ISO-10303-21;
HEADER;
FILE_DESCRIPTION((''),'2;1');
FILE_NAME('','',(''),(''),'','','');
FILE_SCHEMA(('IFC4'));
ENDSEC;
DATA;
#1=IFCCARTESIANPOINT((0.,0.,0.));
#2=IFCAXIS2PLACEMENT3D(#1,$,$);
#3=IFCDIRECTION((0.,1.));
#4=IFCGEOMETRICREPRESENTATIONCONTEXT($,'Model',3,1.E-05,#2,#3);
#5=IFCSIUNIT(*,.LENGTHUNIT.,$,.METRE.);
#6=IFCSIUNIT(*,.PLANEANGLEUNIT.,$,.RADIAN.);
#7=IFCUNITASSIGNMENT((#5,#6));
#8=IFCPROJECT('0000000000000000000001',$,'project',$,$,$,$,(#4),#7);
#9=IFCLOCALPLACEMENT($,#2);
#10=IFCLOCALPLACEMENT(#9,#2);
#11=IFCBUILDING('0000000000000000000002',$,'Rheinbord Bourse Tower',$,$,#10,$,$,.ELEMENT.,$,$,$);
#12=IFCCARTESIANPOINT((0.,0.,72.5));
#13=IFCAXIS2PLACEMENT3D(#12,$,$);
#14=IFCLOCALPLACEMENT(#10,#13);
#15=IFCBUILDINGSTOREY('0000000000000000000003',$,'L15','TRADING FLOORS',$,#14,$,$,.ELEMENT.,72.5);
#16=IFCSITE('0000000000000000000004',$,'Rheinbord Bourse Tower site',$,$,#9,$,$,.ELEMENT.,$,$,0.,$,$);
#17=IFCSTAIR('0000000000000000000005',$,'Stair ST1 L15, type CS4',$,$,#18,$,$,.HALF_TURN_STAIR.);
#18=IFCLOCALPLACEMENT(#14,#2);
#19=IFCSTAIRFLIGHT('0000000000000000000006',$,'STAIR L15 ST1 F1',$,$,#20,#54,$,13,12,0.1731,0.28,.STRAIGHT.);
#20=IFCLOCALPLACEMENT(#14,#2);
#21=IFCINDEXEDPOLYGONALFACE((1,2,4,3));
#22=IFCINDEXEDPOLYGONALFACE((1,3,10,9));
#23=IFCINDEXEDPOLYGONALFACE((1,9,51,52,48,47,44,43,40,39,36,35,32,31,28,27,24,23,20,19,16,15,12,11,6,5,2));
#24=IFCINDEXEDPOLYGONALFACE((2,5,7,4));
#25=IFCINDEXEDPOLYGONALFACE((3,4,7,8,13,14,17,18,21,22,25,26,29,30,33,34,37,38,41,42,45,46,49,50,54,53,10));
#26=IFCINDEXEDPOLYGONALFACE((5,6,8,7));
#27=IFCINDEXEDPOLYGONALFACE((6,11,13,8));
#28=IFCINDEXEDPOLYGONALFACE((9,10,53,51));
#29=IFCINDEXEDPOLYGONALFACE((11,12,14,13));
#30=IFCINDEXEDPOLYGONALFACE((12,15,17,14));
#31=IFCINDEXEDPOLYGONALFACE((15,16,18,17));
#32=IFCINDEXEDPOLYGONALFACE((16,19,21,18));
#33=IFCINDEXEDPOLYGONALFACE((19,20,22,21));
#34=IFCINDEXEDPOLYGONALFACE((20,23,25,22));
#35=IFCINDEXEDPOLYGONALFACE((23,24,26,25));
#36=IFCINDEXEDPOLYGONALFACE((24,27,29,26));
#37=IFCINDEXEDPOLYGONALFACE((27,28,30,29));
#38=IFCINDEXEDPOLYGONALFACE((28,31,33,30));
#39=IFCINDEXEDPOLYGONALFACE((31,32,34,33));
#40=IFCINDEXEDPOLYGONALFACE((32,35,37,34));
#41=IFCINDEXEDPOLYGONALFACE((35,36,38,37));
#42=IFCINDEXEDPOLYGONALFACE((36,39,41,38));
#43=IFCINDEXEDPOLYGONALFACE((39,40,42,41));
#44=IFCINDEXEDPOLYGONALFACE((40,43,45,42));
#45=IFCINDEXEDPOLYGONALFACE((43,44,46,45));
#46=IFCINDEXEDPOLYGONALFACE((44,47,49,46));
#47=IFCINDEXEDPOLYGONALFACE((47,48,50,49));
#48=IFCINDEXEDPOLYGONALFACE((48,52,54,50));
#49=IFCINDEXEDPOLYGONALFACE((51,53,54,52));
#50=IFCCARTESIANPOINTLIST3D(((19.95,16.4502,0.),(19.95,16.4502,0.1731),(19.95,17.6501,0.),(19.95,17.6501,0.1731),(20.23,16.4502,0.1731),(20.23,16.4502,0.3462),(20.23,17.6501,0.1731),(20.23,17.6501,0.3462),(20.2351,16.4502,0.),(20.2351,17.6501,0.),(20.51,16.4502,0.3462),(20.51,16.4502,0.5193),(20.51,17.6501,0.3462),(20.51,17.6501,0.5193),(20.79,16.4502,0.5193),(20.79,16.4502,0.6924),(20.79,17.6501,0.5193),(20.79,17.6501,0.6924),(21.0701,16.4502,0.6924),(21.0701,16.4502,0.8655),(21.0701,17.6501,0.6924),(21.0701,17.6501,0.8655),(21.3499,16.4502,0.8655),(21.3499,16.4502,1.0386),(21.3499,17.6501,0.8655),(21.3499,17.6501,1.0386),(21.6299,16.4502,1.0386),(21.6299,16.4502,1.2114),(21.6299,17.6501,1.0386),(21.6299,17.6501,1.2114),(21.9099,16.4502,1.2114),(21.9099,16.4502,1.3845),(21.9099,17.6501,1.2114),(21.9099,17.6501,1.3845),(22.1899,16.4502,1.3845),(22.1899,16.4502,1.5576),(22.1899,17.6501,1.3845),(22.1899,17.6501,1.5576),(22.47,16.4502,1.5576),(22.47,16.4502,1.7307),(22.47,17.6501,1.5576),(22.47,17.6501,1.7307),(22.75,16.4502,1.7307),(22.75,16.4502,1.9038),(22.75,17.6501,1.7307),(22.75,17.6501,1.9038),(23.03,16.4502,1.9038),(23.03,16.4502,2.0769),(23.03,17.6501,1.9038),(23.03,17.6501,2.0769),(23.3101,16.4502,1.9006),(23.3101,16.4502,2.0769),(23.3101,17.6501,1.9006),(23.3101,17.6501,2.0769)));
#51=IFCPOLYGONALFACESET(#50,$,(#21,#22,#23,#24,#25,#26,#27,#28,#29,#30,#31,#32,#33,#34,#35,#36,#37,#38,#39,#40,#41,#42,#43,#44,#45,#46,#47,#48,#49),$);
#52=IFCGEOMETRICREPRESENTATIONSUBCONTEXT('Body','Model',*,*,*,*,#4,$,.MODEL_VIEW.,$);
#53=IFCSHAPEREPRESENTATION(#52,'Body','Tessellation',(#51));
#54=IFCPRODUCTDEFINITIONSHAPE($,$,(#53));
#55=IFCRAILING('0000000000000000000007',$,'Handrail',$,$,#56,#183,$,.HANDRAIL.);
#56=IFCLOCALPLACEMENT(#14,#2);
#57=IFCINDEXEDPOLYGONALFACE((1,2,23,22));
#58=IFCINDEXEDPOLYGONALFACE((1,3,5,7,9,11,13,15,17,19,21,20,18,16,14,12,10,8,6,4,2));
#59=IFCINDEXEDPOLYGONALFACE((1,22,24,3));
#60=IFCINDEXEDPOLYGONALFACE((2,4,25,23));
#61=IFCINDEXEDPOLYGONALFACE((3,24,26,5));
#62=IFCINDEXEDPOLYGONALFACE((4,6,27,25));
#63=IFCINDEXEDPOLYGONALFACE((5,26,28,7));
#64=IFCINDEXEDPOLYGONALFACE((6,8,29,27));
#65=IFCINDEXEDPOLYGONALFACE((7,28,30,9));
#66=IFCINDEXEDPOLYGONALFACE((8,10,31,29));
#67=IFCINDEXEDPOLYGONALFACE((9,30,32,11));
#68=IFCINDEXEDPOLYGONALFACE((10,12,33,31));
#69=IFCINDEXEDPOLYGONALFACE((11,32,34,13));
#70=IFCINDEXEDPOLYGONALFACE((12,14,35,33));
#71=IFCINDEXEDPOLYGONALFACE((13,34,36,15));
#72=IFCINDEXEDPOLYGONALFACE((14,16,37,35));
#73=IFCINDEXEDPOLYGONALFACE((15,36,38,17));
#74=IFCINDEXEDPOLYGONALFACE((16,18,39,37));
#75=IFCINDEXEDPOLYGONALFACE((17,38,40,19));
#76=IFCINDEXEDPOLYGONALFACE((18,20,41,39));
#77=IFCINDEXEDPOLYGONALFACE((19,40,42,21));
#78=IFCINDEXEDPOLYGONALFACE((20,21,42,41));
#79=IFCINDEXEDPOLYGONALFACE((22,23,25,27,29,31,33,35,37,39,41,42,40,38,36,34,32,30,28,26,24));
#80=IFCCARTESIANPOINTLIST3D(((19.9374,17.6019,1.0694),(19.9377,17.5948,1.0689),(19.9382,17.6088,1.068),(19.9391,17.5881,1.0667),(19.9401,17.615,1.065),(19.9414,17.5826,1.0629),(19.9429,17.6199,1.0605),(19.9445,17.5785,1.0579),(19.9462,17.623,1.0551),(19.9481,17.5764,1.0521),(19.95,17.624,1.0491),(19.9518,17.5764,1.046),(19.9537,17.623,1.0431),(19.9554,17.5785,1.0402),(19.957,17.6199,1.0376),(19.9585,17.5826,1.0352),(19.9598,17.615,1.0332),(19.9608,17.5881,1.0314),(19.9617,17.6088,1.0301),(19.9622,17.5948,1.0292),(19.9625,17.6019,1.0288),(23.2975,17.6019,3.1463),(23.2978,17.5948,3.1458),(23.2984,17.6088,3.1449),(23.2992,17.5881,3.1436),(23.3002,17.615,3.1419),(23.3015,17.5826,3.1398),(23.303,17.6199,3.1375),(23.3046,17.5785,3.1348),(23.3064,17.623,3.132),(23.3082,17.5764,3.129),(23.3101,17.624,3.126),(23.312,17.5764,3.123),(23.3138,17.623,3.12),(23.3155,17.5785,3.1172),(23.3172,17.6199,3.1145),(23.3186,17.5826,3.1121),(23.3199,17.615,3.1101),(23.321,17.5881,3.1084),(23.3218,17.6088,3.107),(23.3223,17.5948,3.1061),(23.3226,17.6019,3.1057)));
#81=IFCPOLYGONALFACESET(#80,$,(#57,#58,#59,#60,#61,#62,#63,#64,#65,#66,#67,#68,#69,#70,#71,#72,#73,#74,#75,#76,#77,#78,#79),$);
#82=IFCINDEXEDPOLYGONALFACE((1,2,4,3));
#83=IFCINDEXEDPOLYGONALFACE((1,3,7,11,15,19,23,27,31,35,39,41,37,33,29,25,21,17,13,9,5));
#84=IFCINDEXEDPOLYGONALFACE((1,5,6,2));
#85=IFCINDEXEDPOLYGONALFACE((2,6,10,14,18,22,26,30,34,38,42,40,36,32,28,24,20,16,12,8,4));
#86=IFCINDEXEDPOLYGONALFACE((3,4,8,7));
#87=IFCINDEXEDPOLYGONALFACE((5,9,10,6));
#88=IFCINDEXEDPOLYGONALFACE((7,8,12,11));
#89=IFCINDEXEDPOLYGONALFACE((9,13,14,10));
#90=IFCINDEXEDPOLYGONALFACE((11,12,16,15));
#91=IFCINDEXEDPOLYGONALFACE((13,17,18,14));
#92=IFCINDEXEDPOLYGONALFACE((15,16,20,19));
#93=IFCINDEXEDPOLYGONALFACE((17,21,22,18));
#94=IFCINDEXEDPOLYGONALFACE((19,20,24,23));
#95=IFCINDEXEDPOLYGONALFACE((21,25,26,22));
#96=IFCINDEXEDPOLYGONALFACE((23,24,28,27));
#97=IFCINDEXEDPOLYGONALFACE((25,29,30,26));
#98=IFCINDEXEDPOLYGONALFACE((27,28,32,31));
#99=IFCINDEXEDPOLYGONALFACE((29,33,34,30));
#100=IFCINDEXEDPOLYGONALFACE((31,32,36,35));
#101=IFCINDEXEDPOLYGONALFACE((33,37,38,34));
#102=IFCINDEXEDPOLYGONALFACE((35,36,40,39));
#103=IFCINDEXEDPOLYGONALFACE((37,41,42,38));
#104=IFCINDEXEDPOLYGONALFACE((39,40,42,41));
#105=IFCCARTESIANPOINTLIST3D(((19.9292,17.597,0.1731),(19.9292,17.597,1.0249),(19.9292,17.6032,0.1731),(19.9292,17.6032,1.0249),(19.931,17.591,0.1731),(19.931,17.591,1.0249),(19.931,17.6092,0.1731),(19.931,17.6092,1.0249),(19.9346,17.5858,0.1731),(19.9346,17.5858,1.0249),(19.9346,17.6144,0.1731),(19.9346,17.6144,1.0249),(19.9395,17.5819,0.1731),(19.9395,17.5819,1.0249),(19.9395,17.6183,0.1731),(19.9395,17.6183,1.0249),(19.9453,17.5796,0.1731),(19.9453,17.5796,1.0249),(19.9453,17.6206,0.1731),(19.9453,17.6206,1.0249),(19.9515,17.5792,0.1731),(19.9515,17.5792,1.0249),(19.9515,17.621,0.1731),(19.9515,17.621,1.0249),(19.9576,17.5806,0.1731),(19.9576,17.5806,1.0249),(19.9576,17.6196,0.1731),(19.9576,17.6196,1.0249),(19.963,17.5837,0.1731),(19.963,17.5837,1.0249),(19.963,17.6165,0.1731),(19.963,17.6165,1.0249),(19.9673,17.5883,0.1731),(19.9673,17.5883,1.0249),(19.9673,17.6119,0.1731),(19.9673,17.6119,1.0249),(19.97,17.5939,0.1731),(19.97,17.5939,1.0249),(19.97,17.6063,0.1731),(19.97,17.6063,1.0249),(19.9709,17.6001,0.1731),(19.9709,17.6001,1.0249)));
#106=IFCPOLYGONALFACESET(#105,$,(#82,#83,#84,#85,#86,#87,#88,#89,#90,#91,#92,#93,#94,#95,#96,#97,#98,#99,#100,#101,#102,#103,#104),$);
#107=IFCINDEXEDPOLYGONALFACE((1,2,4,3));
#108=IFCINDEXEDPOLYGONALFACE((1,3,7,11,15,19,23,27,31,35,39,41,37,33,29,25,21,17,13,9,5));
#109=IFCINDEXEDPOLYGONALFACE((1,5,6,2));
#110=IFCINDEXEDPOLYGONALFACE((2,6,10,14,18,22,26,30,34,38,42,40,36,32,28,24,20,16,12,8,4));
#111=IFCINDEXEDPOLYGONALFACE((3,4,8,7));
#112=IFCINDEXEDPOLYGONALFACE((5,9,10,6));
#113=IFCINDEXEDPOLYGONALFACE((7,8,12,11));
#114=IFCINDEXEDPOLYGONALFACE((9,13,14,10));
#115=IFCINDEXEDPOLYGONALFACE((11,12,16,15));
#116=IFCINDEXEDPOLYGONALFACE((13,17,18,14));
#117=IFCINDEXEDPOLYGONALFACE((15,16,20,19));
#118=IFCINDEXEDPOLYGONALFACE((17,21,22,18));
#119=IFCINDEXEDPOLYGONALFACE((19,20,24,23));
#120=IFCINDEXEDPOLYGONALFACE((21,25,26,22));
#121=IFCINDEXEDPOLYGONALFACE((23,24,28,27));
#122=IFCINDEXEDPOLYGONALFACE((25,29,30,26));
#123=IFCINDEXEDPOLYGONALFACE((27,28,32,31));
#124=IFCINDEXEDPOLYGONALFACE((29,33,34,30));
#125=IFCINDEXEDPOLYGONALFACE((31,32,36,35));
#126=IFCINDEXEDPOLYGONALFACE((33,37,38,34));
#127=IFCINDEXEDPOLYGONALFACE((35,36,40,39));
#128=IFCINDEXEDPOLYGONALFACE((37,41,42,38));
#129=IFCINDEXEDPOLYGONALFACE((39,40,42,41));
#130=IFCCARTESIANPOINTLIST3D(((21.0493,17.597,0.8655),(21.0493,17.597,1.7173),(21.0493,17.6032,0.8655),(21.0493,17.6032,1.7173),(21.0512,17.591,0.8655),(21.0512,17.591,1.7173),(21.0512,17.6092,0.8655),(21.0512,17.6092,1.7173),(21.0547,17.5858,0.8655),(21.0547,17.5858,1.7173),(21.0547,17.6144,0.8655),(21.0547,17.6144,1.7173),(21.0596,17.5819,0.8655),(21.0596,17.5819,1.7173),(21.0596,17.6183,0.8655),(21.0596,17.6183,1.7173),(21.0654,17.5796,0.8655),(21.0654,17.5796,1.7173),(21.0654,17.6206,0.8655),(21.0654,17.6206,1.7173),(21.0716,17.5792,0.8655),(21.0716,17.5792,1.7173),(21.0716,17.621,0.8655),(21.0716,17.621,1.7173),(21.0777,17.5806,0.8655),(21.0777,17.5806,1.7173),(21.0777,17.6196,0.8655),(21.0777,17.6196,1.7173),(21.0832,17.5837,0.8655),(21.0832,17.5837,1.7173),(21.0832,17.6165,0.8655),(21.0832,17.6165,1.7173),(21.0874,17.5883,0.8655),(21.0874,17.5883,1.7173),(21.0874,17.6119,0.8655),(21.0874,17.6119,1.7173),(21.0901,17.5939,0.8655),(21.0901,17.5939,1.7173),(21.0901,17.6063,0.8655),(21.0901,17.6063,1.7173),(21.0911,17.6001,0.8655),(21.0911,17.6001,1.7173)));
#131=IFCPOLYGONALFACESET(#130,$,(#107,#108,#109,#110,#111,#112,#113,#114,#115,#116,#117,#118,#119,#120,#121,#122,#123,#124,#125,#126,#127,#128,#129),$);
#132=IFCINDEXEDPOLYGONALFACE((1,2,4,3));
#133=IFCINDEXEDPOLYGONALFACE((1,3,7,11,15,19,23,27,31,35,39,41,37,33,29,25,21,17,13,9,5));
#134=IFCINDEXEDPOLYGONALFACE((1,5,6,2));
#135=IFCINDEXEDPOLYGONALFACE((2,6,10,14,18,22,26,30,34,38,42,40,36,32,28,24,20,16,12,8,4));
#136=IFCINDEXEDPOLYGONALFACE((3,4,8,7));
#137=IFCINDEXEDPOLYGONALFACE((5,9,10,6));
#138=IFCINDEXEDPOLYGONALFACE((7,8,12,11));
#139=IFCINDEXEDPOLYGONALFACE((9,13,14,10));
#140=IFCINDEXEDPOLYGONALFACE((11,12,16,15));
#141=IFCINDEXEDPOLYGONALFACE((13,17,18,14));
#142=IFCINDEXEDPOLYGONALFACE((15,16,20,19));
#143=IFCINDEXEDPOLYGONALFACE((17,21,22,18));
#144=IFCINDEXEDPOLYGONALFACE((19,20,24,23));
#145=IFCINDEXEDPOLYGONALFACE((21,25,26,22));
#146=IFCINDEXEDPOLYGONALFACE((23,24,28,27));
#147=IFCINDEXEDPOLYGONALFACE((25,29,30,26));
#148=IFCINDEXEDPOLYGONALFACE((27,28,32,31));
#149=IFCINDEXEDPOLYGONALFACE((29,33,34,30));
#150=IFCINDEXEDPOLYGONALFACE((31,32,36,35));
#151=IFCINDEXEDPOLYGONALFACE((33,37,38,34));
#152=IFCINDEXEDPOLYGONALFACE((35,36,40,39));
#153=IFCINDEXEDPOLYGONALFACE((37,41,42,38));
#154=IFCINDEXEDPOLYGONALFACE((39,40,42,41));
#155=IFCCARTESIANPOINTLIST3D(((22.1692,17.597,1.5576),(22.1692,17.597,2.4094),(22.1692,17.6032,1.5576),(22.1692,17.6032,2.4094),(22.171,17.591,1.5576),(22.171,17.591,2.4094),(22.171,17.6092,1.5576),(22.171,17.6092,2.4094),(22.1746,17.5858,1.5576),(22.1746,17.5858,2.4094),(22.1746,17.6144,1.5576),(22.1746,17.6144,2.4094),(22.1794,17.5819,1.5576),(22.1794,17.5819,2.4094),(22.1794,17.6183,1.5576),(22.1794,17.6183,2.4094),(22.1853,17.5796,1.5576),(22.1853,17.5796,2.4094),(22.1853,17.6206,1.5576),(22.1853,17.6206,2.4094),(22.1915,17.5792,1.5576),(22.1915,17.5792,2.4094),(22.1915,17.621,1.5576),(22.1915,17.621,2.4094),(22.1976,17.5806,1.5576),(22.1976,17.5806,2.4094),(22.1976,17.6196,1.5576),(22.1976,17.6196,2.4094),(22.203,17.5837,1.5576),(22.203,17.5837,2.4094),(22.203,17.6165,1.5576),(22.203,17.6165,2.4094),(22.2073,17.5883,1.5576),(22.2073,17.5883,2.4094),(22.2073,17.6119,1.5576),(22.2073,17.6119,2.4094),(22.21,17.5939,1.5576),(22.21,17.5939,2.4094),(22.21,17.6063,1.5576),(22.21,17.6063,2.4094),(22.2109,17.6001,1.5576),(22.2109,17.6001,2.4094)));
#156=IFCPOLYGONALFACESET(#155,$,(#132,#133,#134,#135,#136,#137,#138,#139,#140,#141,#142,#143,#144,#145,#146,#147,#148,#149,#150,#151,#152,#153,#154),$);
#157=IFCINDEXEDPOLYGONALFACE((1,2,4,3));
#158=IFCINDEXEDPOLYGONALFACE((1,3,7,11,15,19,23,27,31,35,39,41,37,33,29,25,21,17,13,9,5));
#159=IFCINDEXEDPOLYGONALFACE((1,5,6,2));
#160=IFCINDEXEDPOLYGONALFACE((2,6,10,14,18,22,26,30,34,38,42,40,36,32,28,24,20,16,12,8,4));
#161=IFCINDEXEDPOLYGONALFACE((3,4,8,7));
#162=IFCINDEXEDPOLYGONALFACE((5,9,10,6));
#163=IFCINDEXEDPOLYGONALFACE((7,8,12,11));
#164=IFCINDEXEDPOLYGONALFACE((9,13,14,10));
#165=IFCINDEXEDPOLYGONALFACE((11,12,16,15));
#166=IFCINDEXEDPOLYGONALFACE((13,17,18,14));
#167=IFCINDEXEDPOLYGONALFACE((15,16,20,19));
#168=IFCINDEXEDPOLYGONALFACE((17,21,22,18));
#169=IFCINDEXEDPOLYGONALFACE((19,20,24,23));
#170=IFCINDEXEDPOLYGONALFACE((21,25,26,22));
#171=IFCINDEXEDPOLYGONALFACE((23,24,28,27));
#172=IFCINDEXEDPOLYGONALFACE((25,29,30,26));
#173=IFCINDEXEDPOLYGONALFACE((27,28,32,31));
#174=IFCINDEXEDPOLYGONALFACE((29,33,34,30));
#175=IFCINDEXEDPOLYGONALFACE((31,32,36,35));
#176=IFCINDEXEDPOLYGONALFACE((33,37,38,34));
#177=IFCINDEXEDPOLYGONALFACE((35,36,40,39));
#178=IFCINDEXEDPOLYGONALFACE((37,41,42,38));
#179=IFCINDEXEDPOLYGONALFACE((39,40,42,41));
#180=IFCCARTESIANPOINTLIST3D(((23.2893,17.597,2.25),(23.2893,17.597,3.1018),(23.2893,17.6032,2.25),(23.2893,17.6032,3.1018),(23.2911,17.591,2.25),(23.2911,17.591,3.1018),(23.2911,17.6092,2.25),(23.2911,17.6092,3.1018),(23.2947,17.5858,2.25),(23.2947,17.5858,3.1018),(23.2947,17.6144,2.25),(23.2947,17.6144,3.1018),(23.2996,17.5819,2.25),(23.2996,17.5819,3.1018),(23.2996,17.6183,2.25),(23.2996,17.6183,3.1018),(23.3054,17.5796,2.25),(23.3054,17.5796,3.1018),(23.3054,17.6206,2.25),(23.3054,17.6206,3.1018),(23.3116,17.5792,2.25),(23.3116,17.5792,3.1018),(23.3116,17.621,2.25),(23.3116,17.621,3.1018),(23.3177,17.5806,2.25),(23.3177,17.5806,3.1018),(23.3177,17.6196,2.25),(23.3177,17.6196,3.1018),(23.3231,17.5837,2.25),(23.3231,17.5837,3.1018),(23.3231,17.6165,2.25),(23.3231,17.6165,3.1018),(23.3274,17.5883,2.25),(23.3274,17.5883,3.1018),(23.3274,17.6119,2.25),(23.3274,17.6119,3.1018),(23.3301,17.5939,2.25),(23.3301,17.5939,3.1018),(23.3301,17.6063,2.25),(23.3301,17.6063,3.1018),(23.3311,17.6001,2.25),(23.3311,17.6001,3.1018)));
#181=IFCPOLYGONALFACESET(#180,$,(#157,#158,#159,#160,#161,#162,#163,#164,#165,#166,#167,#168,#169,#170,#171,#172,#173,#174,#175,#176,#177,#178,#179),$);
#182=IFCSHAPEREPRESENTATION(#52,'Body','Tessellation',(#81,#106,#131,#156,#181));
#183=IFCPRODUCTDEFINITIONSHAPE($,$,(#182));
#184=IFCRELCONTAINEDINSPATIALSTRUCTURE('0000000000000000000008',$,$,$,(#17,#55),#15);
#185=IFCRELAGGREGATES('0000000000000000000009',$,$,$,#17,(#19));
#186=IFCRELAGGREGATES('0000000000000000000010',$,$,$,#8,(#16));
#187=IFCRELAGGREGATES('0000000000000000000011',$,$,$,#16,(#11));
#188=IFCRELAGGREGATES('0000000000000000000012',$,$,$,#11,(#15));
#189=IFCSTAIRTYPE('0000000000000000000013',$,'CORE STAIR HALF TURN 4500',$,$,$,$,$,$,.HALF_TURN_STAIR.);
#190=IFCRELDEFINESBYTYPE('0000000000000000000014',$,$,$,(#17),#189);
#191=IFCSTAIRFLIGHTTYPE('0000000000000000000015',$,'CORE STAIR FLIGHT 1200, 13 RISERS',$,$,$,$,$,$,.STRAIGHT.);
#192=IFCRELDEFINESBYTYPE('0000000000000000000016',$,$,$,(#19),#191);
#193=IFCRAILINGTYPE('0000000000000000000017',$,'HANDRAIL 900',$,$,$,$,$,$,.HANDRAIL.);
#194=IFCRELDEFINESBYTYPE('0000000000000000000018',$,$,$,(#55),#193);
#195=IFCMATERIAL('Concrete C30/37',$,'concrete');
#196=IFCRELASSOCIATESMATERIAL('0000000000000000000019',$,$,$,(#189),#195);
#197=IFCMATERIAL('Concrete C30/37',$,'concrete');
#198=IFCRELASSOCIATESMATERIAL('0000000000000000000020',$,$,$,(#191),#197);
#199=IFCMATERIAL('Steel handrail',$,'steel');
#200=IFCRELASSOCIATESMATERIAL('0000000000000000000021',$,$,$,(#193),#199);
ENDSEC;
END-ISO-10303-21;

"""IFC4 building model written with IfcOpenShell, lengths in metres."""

from ifc_helpers import new_model, si_unit, direction, frame, origin, origin_2d, place, context, subcontext, project, spatial, polyline, circle, outline, extrude, material, type_object, element, aggregate, save


model = new_model("IFC4")

# Units and contexts
model_context = context("Model", 3, precision=1e-05, world=origin(), true_north=direction((0.0, 1.0)))
body_context = subcontext(model_context, "Body", "Model", "MODEL_VIEW")
ifc_project = project(units=[si_unit("LENGTHUNIT", "METRE"), si_unit("PLANEANGLEUNIT", "RADIAN")], contexts=[model_context])

# Site, building, storey
site_placement = place(None, origin())
site = spatial("IfcSite", under=ifc_project, at=site_placement, Name="Rheinbord Bourse Tower site", CompositionType="ELEMENT", RefElevation=0.0)
building_placement = place(site_placement, origin())
building = spatial("IfcBuilding", under=site, at=building_placement, Name="Rheinbord Bourse Tower", CompositionType="ELEMENT")
storey_placement = place(building_placement, frame((0.0, 0.0, 72.5)))
storey = spatial("IfcBuildingStorey", under=building, at=storey_placement, Name="L15", Description="TRADING FLOORS", CompositionType="ELEMENT", Elevation=72.5)

# Stair, stair flight
ifc_material_1 = material(Name="Concrete C30/37", Category="concrete")
stair_type = type_object("IfcStairType", Name="CORE STAIR HALF TURN 4500", PredefinedType="HALF_TURN_STAIR", material=ifc_material_1)
stair_placement = place(storey_placement, origin())
stair = element("IfcStair", 1, at=stair_placement, inside=storey, type_object=stair_type, Name="Stair ST1 L15, type CS4", PredefinedType="HALF_TURN_STAIR")
ifc_material_2 = material(Name="Concrete C30/37", Category="concrete")
stair_flight_type = type_object("IfcStairFlightType", Name="CORE STAIR FLIGHT 1200, 13 RISERS", PredefinedType="STRAIGHT", material=ifc_material_2)
stair_flight_placement = place(storey_placement, frame((19.95, 17.05, 0.0), z_axis=(0.0, 0.0, 1.0), x_axis=(1.0, 0.0, 0.0)))
stair_flight = element("IfcStairFlight", 2, at=stair_flight_placement, type_object=stair_flight_type, Name="STAIR L15 ST1 F1", NumberOfRisers=13, NumberOfTreads=12, PredefinedType="STRAIGHT", RiserHeight=0.1731, TreadLength=0.28, context=body_context, shape_type="SweptSolid", body=[
    extrude(outline(polyline([(0.0, 0.0), (0.0, 0.1731), (0.28, 0.1731), (0.28, 0.3462), (0.5601, 0.3462), (0.5601, 0.5193), (0.8401, 0.5193), (0.8401, 0.6924), (1.1201, 0.6924), (1.1201, 0.8655), (1.3999, 0.8655), (1.3999, 1.0386), (1.6799, 1.0386), (1.6799, 1.2114), (1.96, 1.2114), (1.96, 1.3845), (2.24, 1.3845), (2.24, 1.5576), (2.52, 1.5576), (2.52, 1.7307), (2.8, 1.7307), (2.8, 1.9038), (3.0801, 1.9038), (3.0801, 2.0769), (3.3601, 2.0769), (3.3601, 2.25), (3.3601, 1.9006), (0.2852, 0.0), (0.0, 0.0)])), frame((0.0, 0.6001, 0.0), z_axis=(0.0, -1.0, 0.0), x_axis=(1.0, 0.0, 0.0)), (0.0, 0.0, 1.0), 1.2),
])
aggregate(stair, [stair_flight])

# Railing
ifc_material_3 = material(Name="Steel handrail", Category="steel")
railing_type = type_object("IfcRailingType", Name="HANDRAIL 900", PredefinedType="HANDRAIL", material=ifc_material_3)
railing_1_placement = place(storey_placement, frame((19.95, 17.6001, 0.1731)))
element("IfcRailing", 3, at=railing_1_placement, inside=storey, type_object=railing_type, Name="Handrail", PredefinedType="HANDRAIL", context=body_context, shape_type="SweptSolid", body=[
    extrude(circle(Radius=0.0239, at=origin_2d()), frame((0.0, 0.0, 0.876), z_axis=(0.850623, 0.0, 0.525776), x_axis=(0.0, 1.0, 0.0)), (0.0, 0.0, 1.0), 3.9502),
    extrude(circle(Radius=0.021, at=origin_2d()), origin(), (0.0, 0.0, 1.0), 0.8518),
    extrude(circle(Radius=0.021, at=origin_2d()), frame((1.1201, 0.0, 0.6924)), (0.0, 0.0, 1.0), 0.8518),
    extrude(circle(Radius=0.021, at=origin_2d()), frame((2.24, 0.0, 1.3845)), (0.0, 0.0, 1.0), 0.8518),
    extrude(circle(Radius=0.021, at=origin_2d()), frame((3.3601, 0.0, 2.0769)), (0.0, 0.0, 1.0), 0.8518),
])

save(model, "model.ifc")
